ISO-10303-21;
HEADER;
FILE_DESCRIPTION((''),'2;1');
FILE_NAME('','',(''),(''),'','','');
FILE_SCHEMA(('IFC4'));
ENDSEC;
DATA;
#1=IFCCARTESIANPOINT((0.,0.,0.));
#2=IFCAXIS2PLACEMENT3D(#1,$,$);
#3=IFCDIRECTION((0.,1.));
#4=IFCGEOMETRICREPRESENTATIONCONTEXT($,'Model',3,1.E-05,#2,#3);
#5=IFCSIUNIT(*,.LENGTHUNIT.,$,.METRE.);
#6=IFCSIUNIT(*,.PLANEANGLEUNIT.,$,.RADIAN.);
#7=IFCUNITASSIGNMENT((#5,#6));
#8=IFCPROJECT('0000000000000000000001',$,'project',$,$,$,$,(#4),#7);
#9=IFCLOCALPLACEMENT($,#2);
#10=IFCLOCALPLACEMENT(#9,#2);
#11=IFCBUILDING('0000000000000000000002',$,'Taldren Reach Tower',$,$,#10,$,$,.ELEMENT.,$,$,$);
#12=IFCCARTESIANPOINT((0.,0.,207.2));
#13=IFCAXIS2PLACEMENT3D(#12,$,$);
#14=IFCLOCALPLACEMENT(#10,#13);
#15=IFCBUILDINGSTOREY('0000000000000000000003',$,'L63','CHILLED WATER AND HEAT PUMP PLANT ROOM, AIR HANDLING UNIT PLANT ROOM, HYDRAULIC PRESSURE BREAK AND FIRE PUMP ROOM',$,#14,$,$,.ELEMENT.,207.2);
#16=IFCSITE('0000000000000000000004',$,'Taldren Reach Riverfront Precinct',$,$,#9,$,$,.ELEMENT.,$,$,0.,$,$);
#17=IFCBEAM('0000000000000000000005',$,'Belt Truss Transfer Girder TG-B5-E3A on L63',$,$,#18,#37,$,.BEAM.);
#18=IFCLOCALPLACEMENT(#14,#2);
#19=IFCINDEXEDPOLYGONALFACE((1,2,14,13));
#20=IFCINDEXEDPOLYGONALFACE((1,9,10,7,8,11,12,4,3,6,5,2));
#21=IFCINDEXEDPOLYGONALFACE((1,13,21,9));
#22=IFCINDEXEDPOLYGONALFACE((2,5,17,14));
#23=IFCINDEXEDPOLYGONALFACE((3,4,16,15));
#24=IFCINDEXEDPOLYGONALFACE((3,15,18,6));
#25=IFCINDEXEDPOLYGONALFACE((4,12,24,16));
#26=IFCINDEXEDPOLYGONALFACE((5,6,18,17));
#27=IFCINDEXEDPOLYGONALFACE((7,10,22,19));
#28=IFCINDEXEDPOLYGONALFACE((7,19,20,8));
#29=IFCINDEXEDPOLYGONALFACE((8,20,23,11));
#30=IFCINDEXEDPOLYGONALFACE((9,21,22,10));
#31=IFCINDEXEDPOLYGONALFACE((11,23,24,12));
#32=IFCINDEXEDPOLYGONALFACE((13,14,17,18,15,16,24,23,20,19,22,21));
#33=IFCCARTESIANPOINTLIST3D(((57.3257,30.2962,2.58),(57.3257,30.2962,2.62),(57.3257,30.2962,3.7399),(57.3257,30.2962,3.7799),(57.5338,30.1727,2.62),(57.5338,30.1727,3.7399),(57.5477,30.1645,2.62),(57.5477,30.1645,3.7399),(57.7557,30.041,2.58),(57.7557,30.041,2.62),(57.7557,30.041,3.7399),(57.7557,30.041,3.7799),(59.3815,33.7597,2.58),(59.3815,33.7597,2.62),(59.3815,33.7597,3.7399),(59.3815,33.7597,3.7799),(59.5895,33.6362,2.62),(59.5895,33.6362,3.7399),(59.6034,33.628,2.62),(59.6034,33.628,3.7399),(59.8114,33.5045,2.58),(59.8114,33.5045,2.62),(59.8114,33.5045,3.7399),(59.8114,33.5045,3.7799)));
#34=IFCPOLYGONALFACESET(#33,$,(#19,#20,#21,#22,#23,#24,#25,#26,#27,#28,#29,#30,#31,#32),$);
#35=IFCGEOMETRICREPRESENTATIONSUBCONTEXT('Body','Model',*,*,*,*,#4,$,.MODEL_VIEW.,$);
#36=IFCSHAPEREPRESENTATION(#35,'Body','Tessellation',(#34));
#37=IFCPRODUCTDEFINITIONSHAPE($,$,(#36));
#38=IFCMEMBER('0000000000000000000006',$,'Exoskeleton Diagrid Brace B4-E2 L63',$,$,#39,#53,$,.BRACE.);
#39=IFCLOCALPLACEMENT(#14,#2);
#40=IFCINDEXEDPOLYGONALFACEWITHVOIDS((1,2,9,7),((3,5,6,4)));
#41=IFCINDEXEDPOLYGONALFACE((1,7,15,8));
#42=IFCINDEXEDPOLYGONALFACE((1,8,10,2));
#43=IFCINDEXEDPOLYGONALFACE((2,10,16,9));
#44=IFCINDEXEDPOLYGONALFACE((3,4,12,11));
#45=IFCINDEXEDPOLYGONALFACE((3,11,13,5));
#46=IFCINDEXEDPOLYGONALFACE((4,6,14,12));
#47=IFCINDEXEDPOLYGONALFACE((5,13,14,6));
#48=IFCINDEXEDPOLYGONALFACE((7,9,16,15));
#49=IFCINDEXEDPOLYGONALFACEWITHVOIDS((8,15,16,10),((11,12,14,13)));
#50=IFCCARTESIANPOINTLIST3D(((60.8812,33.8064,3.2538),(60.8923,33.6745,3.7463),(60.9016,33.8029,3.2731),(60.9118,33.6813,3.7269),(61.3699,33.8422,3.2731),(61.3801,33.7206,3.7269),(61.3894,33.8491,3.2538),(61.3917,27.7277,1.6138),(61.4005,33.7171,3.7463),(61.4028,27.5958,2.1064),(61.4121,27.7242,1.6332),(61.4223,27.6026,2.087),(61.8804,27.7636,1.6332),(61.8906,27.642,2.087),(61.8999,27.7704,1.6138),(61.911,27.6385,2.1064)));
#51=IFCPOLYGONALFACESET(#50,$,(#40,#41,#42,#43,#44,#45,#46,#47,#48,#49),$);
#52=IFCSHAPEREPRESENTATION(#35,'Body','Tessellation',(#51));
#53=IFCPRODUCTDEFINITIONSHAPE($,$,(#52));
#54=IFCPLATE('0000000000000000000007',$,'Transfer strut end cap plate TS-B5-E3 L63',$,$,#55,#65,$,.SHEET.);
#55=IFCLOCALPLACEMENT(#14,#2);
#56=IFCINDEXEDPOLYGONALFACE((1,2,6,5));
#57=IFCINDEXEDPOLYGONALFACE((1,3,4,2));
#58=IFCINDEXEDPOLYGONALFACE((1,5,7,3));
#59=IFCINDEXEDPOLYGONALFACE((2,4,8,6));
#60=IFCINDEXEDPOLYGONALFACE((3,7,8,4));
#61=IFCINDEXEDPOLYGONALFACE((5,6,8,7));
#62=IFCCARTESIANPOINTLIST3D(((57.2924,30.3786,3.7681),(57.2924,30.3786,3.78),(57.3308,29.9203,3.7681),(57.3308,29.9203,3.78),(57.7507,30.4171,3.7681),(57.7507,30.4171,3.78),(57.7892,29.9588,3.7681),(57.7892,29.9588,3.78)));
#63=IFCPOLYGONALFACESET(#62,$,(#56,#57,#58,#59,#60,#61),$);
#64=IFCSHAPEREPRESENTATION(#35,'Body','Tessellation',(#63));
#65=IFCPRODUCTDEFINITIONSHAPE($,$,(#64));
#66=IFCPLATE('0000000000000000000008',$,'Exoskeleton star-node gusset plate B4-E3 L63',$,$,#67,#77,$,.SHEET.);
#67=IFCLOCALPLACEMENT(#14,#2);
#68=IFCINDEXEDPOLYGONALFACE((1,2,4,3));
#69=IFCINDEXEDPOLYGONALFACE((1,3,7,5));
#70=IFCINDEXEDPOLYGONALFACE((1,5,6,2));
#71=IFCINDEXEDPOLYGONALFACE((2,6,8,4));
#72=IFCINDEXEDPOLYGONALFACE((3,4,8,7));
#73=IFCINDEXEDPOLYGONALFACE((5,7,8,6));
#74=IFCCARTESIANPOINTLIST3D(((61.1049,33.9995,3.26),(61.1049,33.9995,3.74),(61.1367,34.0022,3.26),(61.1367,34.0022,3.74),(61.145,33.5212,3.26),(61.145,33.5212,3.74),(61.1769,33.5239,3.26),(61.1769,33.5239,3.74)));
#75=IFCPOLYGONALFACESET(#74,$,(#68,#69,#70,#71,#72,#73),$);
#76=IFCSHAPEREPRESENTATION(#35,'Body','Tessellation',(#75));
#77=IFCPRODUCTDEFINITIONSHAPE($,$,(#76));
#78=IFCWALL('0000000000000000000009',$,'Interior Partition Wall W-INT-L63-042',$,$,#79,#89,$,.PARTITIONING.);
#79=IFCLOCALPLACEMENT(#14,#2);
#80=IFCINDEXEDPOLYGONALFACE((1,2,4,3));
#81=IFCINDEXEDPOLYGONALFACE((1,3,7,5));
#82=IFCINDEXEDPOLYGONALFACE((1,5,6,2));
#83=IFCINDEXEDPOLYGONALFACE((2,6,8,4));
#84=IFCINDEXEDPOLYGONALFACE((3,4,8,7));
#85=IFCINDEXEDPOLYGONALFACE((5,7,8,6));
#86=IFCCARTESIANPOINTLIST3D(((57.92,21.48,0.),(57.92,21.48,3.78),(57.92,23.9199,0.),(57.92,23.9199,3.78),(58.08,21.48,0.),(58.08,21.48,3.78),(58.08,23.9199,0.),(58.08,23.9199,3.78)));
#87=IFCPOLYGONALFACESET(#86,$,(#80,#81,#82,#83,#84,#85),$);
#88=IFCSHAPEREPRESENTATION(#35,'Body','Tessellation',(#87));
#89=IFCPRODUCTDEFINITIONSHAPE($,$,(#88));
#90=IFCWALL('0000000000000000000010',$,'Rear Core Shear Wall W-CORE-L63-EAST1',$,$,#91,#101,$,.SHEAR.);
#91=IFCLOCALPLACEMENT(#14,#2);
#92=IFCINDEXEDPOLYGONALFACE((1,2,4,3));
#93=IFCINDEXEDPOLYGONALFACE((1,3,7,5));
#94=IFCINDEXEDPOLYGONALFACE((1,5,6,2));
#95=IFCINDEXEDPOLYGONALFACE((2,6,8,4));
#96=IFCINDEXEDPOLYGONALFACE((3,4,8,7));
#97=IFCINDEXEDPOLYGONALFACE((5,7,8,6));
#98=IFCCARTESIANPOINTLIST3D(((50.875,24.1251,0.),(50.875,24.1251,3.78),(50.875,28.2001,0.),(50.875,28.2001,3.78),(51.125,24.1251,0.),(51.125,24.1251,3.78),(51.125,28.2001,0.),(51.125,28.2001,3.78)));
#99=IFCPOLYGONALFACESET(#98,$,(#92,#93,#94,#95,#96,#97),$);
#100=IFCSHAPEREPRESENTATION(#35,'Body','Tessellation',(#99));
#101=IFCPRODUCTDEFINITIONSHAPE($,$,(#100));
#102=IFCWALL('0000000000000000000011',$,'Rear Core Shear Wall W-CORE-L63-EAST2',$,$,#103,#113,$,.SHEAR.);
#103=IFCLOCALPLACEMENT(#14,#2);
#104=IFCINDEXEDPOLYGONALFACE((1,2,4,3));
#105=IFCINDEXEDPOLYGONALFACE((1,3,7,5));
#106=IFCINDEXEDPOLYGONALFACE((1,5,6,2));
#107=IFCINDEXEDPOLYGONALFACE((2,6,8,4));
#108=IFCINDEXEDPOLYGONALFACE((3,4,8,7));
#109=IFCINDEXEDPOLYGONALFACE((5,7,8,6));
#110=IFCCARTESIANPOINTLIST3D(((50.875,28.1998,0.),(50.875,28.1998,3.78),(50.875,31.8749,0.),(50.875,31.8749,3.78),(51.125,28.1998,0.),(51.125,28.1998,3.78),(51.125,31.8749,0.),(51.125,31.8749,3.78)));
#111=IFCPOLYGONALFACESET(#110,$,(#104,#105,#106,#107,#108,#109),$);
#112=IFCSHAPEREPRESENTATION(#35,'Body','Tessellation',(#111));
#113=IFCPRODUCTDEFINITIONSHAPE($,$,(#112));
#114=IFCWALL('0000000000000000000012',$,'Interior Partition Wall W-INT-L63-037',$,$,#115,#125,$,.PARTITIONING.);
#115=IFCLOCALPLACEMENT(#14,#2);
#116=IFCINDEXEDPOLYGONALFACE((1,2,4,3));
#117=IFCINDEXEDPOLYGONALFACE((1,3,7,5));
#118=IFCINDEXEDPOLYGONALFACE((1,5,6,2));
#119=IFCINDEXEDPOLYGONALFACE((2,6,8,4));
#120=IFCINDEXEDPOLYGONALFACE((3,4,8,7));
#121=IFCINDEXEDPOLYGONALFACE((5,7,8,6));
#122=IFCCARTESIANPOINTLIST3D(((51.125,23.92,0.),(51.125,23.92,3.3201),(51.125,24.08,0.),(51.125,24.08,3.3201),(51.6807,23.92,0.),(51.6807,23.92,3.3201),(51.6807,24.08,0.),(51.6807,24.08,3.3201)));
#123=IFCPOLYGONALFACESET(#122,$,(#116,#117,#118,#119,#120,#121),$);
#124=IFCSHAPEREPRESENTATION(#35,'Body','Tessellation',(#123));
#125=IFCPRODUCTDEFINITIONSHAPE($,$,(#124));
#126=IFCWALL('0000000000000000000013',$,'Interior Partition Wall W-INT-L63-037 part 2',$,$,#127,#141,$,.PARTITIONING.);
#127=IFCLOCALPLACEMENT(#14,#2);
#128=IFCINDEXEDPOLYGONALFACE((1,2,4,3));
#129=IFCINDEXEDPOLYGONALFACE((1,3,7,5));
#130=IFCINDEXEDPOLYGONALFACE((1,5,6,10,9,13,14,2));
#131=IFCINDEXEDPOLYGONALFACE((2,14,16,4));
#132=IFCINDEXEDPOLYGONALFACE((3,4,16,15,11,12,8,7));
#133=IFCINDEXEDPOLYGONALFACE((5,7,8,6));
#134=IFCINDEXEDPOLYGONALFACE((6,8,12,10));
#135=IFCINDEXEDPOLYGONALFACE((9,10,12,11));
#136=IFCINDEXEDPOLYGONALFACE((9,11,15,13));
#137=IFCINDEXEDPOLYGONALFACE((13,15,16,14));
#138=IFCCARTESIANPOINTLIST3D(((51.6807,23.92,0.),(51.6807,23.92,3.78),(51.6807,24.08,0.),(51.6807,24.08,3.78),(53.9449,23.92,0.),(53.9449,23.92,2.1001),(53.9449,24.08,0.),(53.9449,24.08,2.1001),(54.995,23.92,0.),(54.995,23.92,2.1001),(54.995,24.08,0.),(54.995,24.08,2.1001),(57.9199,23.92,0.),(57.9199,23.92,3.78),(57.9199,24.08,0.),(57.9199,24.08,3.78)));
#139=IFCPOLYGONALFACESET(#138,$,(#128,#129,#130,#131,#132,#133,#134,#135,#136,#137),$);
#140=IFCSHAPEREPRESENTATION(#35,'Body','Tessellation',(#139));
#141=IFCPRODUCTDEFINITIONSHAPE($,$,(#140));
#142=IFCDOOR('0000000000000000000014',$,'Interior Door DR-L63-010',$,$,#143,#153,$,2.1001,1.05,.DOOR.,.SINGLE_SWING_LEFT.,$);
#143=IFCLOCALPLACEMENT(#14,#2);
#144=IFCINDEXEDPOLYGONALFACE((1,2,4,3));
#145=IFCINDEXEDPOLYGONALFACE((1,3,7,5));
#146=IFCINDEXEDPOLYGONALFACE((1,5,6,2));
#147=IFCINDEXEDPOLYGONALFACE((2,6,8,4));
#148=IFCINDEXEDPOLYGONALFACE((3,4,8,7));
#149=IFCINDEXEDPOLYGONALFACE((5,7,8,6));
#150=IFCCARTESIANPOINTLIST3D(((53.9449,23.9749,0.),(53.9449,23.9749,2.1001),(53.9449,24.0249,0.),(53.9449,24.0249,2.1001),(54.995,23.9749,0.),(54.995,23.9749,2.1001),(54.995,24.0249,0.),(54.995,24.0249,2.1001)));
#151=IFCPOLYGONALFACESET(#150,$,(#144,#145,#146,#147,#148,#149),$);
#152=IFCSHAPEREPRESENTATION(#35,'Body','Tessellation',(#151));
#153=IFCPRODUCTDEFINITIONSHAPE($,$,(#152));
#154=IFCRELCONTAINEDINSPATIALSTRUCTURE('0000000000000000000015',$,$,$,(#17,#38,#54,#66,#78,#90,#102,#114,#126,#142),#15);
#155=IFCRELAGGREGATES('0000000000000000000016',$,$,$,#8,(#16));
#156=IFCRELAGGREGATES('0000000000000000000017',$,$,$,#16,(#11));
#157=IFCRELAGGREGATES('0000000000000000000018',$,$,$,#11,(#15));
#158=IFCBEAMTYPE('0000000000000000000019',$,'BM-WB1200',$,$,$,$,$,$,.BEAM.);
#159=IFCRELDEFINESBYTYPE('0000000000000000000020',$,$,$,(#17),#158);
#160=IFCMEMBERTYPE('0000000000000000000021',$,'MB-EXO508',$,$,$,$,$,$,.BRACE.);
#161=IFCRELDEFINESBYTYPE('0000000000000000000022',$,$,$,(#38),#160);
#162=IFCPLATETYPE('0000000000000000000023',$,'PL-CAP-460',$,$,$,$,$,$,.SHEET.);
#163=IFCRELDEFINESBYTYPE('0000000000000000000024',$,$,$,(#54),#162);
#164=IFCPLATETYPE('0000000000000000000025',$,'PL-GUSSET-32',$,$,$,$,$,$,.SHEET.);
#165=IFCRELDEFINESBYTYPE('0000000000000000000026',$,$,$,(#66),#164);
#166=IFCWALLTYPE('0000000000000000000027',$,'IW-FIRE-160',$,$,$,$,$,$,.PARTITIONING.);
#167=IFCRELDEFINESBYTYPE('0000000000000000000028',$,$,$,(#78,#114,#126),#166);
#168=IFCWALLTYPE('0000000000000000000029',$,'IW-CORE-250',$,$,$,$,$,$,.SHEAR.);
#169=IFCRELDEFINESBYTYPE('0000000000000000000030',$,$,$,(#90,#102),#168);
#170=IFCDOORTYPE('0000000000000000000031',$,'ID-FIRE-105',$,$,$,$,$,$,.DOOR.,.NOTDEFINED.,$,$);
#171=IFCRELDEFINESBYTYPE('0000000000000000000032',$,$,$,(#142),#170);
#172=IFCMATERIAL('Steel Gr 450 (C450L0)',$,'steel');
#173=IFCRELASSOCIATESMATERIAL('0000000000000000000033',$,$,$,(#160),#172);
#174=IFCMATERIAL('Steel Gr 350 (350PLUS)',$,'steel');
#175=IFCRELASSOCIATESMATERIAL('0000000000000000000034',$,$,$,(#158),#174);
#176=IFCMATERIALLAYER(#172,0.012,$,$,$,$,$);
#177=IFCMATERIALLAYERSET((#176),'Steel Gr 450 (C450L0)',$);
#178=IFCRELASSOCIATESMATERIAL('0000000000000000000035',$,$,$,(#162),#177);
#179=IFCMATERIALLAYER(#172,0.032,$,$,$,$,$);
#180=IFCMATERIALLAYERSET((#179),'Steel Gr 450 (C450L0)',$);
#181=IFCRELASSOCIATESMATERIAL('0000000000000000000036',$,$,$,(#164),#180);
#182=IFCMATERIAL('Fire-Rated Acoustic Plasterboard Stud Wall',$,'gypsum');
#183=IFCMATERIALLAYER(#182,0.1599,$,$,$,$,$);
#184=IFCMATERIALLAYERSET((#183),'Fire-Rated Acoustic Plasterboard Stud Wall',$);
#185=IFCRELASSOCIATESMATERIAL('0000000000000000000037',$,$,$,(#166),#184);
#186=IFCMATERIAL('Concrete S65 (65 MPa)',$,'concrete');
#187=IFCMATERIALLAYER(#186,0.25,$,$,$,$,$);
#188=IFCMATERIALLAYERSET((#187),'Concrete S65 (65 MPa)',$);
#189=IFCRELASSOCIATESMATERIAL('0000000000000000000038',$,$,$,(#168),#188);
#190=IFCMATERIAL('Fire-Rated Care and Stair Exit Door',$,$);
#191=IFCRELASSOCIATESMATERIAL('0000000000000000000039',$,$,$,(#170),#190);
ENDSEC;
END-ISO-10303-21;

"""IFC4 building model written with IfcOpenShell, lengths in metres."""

from ifc_helpers import new_model, si_unit, direction, frame, frame_2d, origin, origin_2d, place, context, subcontext, project, spatial, rectangle, hollow_rectangle, i_section, extrude, source, transform, mapped, material, layer, layer_set, material_profile, profile_set, type_object, element, fill, save


model = new_model("IFC4")

# Units and contexts
model_context = context("Model", 3, precision=1e-05, world=origin(), true_north=direction((0.0, 1.0)))
body_context = subcontext(model_context, "Body", "Model", "MODEL_VIEW")
ifc_project = project(units=[si_unit("LENGTHUNIT", "METRE"), si_unit("PLANEANGLEUNIT", "RADIAN")], contexts=[model_context])

# Site, building, storey
site_placement = place(None, origin())
site = spatial("IfcSite", under=ifc_project, at=site_placement, Name="Taldren Reach Riverfront Precinct", CompositionType="ELEMENT", RefElevation=0.0)
building_placement = place(site_placement, origin())
building = spatial("IfcBuilding", under=site, at=building_placement, Name="Taldren Reach Tower", CompositionType="ELEMENT")
storey_placement = place(building_placement, frame((0.0, 0.0, 207.2)))
storey = spatial("IfcBuildingStorey", under=building, at=storey_placement, Name="L63", Description="CHILLED WATER AND HEAT PUMP PLANT ROOM, AIR HANDLING UNIT PLANT ROOM, HYDRAULIC PRESSURE BREAK AND FIRE PUMP ROOM", CompositionType="ELEMENT", Elevation=207.2)

# Shared definitions
ifc_material_1 = material(Name="Steel Gr 450 (C450L0)", Category="steel")
ifc_material_2 = material(Name="Steel Gr 350 (350PLUS)", Category="steel")

# Shared definitions
ifc_material_profile_1 = material_profile(ifc_material_1, hollow_rectangle(XDim=0.51, YDim=0.51, WallThickness=0.02, at=origin_2d()), Name="510x510x20.0SHS")
ifc_profile_set_1 = profile_set([ifc_material_profile_1], Name="Steel Gr 450 (C450L0)")
member_type_1 = type_object("IfcMemberType", Name="MB-EXO508", PredefinedType="BRACE", material=ifc_profile_set_1)

# Beam
ifc_material_profile_2 = material_profile(ifc_material_2, i_section(OverallWidth=0.5, OverallDepth=1.2, WebThickness=0.0161, FlangeThickness=0.04, at=origin_2d()), Name="1200WB455")
ifc_profile_set_2 = profile_set([ifc_material_profile_2], Name="Steel Gr 350 (350PLUS)")
beam_type_1 = type_object("IfcBeamType", Name="BM-WB1200", PredefinedType="BEAM", material=ifc_profile_set_2)
shared_shape_1 = source(origin(), body_context, "Body", "SweptSolid", [
    extrude(i_section(OverallWidth=0.5, OverallDepth=1.2, WebThickness=0.0161, FlangeThickness=0.04, at=origin_2d()), origin(), (0.0, 0.0, 1.0), 4.0276),
])
beam_1_placement = place(storey_placement, frame((59.5964, 33.6321, 3.1799), z_axis=(-0.510407, -0.859933, 0.0), x_axis=(0.859933, -0.510407, 0.0)))
element("IfcBeam", 1, at=beam_1_placement, inside=storey, type_object=beam_type_1, Name="Belt Truss Transfer Girder TG-B5-E3A on L63", PredefinedType="BEAM", context=body_context, shape_type="MappedRepresentation", body=[
    mapped(shared_shape_1, transform((0.0, 0.0, 0.0), scale=1.0)),
])

# Member
shared_shape_2 = source(origin(), body_context, "Body", "SweptSolid", [
    extrude(hollow_rectangle(XDim=0.51, YDim=0.51, WallThickness=0.02, at=origin_2d()), origin(), (0.0, 0.0, 1.0), 6.3167),
])
member_1_placement = place(storey_placement, frame((61.6514, 27.6831, 1.8601), z_axis=(-0.080819, 0.962324, 0.259616), x_axis=(-0.996492, -0.083688, 0.0)))
element("IfcMember", 2, at=member_1_placement, inside=storey, type_object=member_type_1, Name="Exoskeleton Diagrid Brace B4-E2 L63", PredefinedType="BRACE", context=body_context, shape_type="MappedRepresentation", body=[
    mapped(shared_shape_2, transform((0.0, 0.0, 0.0), scale=1.0)),
])

# Plates
ifc_layer_1 = layer(ifc_material_1, 0.012)
ifc_layer_set_1 = layer_set([ifc_layer_1], Name="Steel Gr 450 (C450L0)")
plate_type_1 = type_object("IfcPlateType", Name="PL-CAP-460", PredefinedType="SHEET", material=ifc_layer_set_1)
shared_shape_3 = source(origin(), body_context, "Body", "SweptSolid", [
    extrude(rectangle(XDim=0.46, YDim=0.46, at=origin_2d()), origin(), (0.0, 0.0, 1.0), 0.012),
])
plate_1_placement = place(storey_placement, frame((57.5408, 30.1687, 3.7681), z_axis=(0.0, 0.0, 1.0), x_axis=(0.996493, 0.083678, 0.0)))
element("IfcPlate", 3, at=plate_1_placement, inside=storey, type_object=plate_type_1, Name="Transfer strut end cap plate TS-B5-E3 L63", PredefinedType="SHEET", context=body_context, shape_type="MappedRepresentation", body=[
    mapped(shared_shape_3, transform((0.0, 0.0, 0.0), scale=1.0)),
])
ifc_layer_2 = layer(ifc_material_1, 0.032)
ifc_layer_set_2 = layer_set([ifc_layer_2], Name="Steel Gr 450 (C450L0)")
plate_type_2 = type_object("IfcPlateType", Name="PL-GUSSET-32", PredefinedType="SHEET", material=ifc_layer_set_2)
shared_shape_4 = source(origin(), body_context, "Body", "SweptSolid", [
    extrude(rectangle(XDim=0.48, YDim=0.032, at=origin_2d()), origin(), (0.0, 0.0, 1.0), 0.48),
])
plate_2_placement = place(storey_placement, frame((61.1409, 33.7617, 3.26), z_axis=(0.0, 0.0, 1.0), x_axis=(-0.083678, 0.996493, 0.0)))
element("IfcPlate", 4, at=plate_2_placement, inside=storey, type_object=plate_type_2, Name="Exoskeleton star-node gusset plate B4-E3 L63", PredefinedType="SHEET", context=body_context, shape_type="MappedRepresentation", body=[
    mapped(shared_shape_4, transform((0.0, 0.0, 0.0), scale=1.0)),
])

# Walls
ifc_material_3 = material(Name="Fire-Rated Acoustic Plasterboard Stud Wall", Category="gypsum")
ifc_layer_3 = layer(ifc_material_3, 0.1599)
ifc_layer_set_3 = layer_set([ifc_layer_3], Name="Fire-Rated Acoustic Plasterboard Stud Wall")
wall_type_1 = type_object("IfcWallType", Name="IW-FIRE-160", PredefinedType="PARTITIONING", material=ifc_layer_set_3)
shared_shape_5 = source(origin(), body_context, "Body", "SweptSolid", [
    extrude(rectangle(XDim=2.4399, YDim=0.1599, at=frame_2d((1.22, 0.0))), origin(), (0.0, 0.0, 1.0), 3.78),
])
wall_1_placement = place(storey_placement, frame((58.0, 23.9199, 0.0), z_axis=(0.0, 0.0, 1.0), x_axis=(0.0, -1.0, 0.0)))
element("IfcWall", 5, at=wall_1_placement, inside=storey, type_object=wall_type_1, Name="Interior Partition Wall W-INT-L63-042", PredefinedType="PARTITIONING", context=body_context, shape_type="MappedRepresentation", body=[
    mapped(shared_shape_5, transform((0.0, 0.0, 0.0), scale=1.0)),
])
ifc_material_4 = material(Name="Concrete S65 (65 MPa)", Category="concrete")
ifc_layer_4 = layer(ifc_material_4, 0.25)
ifc_layer_set_4 = layer_set([ifc_layer_4], Name="Concrete S65 (65 MPa)")
wall_type_2 = type_object("IfcWallType", Name="IW-CORE-250", PredefinedType="SHEAR", material=ifc_layer_set_4)
shared_shape_6 = source(origin(), body_context, "Body", "SweptSolid", [
    extrude(rectangle(XDim=4.075, YDim=0.25, at=frame_2d((2.0376, 0.0))), origin(), (0.0, 0.0, 1.0), 3.78),
])
wall_2_placement = place(storey_placement, frame((51.0, 24.125, 0.0), z_axis=(0.0, 0.0, 1.0), x_axis=(0.0, 1.0, 0.0)))
element("IfcWall", 6, at=wall_2_placement, inside=storey, type_object=wall_type_2, Name="Rear Core Shear Wall W-CORE-L63-EAST1", PredefinedType="SHEAR", context=body_context, shape_type="MappedRepresentation", body=[
    mapped(shared_shape_6, transform((0.0, 0.0, 0.0), scale=1.0)),
])
shared_shape_7 = source(origin(), body_context, "Body", "SweptSolid", [
    extrude(rectangle(XDim=3.675, YDim=0.25, at=frame_2d((1.8374, 0.0))), origin(), (0.0, 0.0, 1.0), 3.78),
])
wall_3_placement = place(storey_placement, frame((51.0, 28.2, 0.0), z_axis=(0.0, 0.0, 1.0), x_axis=(0.0, 1.0, 0.0)))
element("IfcWall", 7, at=wall_3_placement, inside=storey, type_object=wall_type_2, Name="Rear Core Shear Wall W-CORE-L63-EAST2", PredefinedType="SHEAR", context=body_context, shape_type="MappedRepresentation", body=[
    mapped(shared_shape_7, transform((0.0, 0.0, 0.0), scale=1.0)),
])
shared_shape_8 = source(origin(), body_context, "Body", "SweptSolid", [
    extrude(rectangle(XDim=0.5557, YDim=0.1599, at=frame_2d((0.2778, 0.0))), origin(), (0.0, 0.0, 1.0), 3.3201),
])
wall_4_placement = place(storey_placement, frame((51.125, 24.0, 0.0), z_axis=(0.0, 0.0, 1.0), x_axis=(1.0, 0.0, 0.0)))
element("IfcWall", 8, at=wall_4_placement, inside=storey, type_object=wall_type_1, Name="Interior Partition Wall W-INT-L63-037", PredefinedType="PARTITIONING", context=body_context, shape_type="MappedRepresentation", body=[
    mapped(shared_shape_8, transform((0.0, 0.0, 0.0), scale=1.0)),
])

# Wall, opening, door
shared_shape_9 = source(origin(), body_context, "Body", "SweptSolid", [
    extrude(rectangle(XDim=6.2393, YDim=0.1599, at=frame_2d((3.1196, 0.0))), origin(), (0.0, 0.0, 1.0), 3.78),
])
wall_5_placement = place(storey_placement, frame((51.6807, 24.0, 0.0), z_axis=(0.0, 0.0, 1.0), x_axis=(1.0, 0.0, 0.0)))
wall_5 = element("IfcWall", 9, at=wall_5_placement, inside=storey, type_object=wall_type_1, Name="Interior Partition Wall W-INT-L63-037 part 2", PredefinedType="PARTITIONING", context=body_context, shape_type="MappedRepresentation", body=[
    mapped(shared_shape_9, transform((0.0, 0.0, 0.0), scale=1.0)),
])
shared_shape_10 = source(origin(), body_context, "Body", "SweptSolid", [
    extrude(rectangle(XDim=1.05, YDim=2.1001, at=frame_2d((0.5249, 1.05))), frame((0.0, 0.0898, 0.0), z_axis=(0.0, -1.0, 0.0), x_axis=(1.0, 0.0, 0.0)), (0.0, 0.0, 1.0), 0.1799),
])
opening_placement = place(wall_5_placement, frame((2.2644, 0.0, 0.0)))
opening = element("IfcOpeningElement", 10, at=opening_placement, cuts=wall_5, PredefinedType="OPENING", context=body_context, shape_type="MappedRepresentation", body=[
    mapped(shared_shape_10, transform((0.0, 0.0, 0.0), scale=1.0)),
])
ifc_material_5 = material(Name="Fire-Rated Care and Stair Exit Door")
door_type = type_object("IfcDoorType", Name="ID-FIRE-105", OperationType="NOTDEFINED", PredefinedType="DOOR", material=ifc_material_5)
shared_shape_11 = source(origin(), body_context, "Body", "SweptSolid", [
    extrude(rectangle(XDim=1.05, YDim=2.1001, at=frame_2d((0.5249, 1.05))), frame((0.0, 0.0249, 0.0), z_axis=(0.0, -1.0, 0.0), x_axis=(1.0, 0.0, 0.0)), (0.0, 0.0, 1.0), 0.05),
])
door_placement = place(opening_placement, origin())
door = element("IfcDoor", 11, at=door_placement, inside=storey, type_object=door_type, Name="Interior Door DR-L63-010", OperationType="SINGLE_SWING_LEFT", OverallHeight=2.1001, OverallWidth=1.05, PredefinedType="DOOR", context=body_context, shape_type="MappedRepresentation", body=[
    mapped(shared_shape_11, transform((0.0, 0.0, 0.0), scale=1.0)),
])
fill(opening, door)

save(model, "model.ifc")
